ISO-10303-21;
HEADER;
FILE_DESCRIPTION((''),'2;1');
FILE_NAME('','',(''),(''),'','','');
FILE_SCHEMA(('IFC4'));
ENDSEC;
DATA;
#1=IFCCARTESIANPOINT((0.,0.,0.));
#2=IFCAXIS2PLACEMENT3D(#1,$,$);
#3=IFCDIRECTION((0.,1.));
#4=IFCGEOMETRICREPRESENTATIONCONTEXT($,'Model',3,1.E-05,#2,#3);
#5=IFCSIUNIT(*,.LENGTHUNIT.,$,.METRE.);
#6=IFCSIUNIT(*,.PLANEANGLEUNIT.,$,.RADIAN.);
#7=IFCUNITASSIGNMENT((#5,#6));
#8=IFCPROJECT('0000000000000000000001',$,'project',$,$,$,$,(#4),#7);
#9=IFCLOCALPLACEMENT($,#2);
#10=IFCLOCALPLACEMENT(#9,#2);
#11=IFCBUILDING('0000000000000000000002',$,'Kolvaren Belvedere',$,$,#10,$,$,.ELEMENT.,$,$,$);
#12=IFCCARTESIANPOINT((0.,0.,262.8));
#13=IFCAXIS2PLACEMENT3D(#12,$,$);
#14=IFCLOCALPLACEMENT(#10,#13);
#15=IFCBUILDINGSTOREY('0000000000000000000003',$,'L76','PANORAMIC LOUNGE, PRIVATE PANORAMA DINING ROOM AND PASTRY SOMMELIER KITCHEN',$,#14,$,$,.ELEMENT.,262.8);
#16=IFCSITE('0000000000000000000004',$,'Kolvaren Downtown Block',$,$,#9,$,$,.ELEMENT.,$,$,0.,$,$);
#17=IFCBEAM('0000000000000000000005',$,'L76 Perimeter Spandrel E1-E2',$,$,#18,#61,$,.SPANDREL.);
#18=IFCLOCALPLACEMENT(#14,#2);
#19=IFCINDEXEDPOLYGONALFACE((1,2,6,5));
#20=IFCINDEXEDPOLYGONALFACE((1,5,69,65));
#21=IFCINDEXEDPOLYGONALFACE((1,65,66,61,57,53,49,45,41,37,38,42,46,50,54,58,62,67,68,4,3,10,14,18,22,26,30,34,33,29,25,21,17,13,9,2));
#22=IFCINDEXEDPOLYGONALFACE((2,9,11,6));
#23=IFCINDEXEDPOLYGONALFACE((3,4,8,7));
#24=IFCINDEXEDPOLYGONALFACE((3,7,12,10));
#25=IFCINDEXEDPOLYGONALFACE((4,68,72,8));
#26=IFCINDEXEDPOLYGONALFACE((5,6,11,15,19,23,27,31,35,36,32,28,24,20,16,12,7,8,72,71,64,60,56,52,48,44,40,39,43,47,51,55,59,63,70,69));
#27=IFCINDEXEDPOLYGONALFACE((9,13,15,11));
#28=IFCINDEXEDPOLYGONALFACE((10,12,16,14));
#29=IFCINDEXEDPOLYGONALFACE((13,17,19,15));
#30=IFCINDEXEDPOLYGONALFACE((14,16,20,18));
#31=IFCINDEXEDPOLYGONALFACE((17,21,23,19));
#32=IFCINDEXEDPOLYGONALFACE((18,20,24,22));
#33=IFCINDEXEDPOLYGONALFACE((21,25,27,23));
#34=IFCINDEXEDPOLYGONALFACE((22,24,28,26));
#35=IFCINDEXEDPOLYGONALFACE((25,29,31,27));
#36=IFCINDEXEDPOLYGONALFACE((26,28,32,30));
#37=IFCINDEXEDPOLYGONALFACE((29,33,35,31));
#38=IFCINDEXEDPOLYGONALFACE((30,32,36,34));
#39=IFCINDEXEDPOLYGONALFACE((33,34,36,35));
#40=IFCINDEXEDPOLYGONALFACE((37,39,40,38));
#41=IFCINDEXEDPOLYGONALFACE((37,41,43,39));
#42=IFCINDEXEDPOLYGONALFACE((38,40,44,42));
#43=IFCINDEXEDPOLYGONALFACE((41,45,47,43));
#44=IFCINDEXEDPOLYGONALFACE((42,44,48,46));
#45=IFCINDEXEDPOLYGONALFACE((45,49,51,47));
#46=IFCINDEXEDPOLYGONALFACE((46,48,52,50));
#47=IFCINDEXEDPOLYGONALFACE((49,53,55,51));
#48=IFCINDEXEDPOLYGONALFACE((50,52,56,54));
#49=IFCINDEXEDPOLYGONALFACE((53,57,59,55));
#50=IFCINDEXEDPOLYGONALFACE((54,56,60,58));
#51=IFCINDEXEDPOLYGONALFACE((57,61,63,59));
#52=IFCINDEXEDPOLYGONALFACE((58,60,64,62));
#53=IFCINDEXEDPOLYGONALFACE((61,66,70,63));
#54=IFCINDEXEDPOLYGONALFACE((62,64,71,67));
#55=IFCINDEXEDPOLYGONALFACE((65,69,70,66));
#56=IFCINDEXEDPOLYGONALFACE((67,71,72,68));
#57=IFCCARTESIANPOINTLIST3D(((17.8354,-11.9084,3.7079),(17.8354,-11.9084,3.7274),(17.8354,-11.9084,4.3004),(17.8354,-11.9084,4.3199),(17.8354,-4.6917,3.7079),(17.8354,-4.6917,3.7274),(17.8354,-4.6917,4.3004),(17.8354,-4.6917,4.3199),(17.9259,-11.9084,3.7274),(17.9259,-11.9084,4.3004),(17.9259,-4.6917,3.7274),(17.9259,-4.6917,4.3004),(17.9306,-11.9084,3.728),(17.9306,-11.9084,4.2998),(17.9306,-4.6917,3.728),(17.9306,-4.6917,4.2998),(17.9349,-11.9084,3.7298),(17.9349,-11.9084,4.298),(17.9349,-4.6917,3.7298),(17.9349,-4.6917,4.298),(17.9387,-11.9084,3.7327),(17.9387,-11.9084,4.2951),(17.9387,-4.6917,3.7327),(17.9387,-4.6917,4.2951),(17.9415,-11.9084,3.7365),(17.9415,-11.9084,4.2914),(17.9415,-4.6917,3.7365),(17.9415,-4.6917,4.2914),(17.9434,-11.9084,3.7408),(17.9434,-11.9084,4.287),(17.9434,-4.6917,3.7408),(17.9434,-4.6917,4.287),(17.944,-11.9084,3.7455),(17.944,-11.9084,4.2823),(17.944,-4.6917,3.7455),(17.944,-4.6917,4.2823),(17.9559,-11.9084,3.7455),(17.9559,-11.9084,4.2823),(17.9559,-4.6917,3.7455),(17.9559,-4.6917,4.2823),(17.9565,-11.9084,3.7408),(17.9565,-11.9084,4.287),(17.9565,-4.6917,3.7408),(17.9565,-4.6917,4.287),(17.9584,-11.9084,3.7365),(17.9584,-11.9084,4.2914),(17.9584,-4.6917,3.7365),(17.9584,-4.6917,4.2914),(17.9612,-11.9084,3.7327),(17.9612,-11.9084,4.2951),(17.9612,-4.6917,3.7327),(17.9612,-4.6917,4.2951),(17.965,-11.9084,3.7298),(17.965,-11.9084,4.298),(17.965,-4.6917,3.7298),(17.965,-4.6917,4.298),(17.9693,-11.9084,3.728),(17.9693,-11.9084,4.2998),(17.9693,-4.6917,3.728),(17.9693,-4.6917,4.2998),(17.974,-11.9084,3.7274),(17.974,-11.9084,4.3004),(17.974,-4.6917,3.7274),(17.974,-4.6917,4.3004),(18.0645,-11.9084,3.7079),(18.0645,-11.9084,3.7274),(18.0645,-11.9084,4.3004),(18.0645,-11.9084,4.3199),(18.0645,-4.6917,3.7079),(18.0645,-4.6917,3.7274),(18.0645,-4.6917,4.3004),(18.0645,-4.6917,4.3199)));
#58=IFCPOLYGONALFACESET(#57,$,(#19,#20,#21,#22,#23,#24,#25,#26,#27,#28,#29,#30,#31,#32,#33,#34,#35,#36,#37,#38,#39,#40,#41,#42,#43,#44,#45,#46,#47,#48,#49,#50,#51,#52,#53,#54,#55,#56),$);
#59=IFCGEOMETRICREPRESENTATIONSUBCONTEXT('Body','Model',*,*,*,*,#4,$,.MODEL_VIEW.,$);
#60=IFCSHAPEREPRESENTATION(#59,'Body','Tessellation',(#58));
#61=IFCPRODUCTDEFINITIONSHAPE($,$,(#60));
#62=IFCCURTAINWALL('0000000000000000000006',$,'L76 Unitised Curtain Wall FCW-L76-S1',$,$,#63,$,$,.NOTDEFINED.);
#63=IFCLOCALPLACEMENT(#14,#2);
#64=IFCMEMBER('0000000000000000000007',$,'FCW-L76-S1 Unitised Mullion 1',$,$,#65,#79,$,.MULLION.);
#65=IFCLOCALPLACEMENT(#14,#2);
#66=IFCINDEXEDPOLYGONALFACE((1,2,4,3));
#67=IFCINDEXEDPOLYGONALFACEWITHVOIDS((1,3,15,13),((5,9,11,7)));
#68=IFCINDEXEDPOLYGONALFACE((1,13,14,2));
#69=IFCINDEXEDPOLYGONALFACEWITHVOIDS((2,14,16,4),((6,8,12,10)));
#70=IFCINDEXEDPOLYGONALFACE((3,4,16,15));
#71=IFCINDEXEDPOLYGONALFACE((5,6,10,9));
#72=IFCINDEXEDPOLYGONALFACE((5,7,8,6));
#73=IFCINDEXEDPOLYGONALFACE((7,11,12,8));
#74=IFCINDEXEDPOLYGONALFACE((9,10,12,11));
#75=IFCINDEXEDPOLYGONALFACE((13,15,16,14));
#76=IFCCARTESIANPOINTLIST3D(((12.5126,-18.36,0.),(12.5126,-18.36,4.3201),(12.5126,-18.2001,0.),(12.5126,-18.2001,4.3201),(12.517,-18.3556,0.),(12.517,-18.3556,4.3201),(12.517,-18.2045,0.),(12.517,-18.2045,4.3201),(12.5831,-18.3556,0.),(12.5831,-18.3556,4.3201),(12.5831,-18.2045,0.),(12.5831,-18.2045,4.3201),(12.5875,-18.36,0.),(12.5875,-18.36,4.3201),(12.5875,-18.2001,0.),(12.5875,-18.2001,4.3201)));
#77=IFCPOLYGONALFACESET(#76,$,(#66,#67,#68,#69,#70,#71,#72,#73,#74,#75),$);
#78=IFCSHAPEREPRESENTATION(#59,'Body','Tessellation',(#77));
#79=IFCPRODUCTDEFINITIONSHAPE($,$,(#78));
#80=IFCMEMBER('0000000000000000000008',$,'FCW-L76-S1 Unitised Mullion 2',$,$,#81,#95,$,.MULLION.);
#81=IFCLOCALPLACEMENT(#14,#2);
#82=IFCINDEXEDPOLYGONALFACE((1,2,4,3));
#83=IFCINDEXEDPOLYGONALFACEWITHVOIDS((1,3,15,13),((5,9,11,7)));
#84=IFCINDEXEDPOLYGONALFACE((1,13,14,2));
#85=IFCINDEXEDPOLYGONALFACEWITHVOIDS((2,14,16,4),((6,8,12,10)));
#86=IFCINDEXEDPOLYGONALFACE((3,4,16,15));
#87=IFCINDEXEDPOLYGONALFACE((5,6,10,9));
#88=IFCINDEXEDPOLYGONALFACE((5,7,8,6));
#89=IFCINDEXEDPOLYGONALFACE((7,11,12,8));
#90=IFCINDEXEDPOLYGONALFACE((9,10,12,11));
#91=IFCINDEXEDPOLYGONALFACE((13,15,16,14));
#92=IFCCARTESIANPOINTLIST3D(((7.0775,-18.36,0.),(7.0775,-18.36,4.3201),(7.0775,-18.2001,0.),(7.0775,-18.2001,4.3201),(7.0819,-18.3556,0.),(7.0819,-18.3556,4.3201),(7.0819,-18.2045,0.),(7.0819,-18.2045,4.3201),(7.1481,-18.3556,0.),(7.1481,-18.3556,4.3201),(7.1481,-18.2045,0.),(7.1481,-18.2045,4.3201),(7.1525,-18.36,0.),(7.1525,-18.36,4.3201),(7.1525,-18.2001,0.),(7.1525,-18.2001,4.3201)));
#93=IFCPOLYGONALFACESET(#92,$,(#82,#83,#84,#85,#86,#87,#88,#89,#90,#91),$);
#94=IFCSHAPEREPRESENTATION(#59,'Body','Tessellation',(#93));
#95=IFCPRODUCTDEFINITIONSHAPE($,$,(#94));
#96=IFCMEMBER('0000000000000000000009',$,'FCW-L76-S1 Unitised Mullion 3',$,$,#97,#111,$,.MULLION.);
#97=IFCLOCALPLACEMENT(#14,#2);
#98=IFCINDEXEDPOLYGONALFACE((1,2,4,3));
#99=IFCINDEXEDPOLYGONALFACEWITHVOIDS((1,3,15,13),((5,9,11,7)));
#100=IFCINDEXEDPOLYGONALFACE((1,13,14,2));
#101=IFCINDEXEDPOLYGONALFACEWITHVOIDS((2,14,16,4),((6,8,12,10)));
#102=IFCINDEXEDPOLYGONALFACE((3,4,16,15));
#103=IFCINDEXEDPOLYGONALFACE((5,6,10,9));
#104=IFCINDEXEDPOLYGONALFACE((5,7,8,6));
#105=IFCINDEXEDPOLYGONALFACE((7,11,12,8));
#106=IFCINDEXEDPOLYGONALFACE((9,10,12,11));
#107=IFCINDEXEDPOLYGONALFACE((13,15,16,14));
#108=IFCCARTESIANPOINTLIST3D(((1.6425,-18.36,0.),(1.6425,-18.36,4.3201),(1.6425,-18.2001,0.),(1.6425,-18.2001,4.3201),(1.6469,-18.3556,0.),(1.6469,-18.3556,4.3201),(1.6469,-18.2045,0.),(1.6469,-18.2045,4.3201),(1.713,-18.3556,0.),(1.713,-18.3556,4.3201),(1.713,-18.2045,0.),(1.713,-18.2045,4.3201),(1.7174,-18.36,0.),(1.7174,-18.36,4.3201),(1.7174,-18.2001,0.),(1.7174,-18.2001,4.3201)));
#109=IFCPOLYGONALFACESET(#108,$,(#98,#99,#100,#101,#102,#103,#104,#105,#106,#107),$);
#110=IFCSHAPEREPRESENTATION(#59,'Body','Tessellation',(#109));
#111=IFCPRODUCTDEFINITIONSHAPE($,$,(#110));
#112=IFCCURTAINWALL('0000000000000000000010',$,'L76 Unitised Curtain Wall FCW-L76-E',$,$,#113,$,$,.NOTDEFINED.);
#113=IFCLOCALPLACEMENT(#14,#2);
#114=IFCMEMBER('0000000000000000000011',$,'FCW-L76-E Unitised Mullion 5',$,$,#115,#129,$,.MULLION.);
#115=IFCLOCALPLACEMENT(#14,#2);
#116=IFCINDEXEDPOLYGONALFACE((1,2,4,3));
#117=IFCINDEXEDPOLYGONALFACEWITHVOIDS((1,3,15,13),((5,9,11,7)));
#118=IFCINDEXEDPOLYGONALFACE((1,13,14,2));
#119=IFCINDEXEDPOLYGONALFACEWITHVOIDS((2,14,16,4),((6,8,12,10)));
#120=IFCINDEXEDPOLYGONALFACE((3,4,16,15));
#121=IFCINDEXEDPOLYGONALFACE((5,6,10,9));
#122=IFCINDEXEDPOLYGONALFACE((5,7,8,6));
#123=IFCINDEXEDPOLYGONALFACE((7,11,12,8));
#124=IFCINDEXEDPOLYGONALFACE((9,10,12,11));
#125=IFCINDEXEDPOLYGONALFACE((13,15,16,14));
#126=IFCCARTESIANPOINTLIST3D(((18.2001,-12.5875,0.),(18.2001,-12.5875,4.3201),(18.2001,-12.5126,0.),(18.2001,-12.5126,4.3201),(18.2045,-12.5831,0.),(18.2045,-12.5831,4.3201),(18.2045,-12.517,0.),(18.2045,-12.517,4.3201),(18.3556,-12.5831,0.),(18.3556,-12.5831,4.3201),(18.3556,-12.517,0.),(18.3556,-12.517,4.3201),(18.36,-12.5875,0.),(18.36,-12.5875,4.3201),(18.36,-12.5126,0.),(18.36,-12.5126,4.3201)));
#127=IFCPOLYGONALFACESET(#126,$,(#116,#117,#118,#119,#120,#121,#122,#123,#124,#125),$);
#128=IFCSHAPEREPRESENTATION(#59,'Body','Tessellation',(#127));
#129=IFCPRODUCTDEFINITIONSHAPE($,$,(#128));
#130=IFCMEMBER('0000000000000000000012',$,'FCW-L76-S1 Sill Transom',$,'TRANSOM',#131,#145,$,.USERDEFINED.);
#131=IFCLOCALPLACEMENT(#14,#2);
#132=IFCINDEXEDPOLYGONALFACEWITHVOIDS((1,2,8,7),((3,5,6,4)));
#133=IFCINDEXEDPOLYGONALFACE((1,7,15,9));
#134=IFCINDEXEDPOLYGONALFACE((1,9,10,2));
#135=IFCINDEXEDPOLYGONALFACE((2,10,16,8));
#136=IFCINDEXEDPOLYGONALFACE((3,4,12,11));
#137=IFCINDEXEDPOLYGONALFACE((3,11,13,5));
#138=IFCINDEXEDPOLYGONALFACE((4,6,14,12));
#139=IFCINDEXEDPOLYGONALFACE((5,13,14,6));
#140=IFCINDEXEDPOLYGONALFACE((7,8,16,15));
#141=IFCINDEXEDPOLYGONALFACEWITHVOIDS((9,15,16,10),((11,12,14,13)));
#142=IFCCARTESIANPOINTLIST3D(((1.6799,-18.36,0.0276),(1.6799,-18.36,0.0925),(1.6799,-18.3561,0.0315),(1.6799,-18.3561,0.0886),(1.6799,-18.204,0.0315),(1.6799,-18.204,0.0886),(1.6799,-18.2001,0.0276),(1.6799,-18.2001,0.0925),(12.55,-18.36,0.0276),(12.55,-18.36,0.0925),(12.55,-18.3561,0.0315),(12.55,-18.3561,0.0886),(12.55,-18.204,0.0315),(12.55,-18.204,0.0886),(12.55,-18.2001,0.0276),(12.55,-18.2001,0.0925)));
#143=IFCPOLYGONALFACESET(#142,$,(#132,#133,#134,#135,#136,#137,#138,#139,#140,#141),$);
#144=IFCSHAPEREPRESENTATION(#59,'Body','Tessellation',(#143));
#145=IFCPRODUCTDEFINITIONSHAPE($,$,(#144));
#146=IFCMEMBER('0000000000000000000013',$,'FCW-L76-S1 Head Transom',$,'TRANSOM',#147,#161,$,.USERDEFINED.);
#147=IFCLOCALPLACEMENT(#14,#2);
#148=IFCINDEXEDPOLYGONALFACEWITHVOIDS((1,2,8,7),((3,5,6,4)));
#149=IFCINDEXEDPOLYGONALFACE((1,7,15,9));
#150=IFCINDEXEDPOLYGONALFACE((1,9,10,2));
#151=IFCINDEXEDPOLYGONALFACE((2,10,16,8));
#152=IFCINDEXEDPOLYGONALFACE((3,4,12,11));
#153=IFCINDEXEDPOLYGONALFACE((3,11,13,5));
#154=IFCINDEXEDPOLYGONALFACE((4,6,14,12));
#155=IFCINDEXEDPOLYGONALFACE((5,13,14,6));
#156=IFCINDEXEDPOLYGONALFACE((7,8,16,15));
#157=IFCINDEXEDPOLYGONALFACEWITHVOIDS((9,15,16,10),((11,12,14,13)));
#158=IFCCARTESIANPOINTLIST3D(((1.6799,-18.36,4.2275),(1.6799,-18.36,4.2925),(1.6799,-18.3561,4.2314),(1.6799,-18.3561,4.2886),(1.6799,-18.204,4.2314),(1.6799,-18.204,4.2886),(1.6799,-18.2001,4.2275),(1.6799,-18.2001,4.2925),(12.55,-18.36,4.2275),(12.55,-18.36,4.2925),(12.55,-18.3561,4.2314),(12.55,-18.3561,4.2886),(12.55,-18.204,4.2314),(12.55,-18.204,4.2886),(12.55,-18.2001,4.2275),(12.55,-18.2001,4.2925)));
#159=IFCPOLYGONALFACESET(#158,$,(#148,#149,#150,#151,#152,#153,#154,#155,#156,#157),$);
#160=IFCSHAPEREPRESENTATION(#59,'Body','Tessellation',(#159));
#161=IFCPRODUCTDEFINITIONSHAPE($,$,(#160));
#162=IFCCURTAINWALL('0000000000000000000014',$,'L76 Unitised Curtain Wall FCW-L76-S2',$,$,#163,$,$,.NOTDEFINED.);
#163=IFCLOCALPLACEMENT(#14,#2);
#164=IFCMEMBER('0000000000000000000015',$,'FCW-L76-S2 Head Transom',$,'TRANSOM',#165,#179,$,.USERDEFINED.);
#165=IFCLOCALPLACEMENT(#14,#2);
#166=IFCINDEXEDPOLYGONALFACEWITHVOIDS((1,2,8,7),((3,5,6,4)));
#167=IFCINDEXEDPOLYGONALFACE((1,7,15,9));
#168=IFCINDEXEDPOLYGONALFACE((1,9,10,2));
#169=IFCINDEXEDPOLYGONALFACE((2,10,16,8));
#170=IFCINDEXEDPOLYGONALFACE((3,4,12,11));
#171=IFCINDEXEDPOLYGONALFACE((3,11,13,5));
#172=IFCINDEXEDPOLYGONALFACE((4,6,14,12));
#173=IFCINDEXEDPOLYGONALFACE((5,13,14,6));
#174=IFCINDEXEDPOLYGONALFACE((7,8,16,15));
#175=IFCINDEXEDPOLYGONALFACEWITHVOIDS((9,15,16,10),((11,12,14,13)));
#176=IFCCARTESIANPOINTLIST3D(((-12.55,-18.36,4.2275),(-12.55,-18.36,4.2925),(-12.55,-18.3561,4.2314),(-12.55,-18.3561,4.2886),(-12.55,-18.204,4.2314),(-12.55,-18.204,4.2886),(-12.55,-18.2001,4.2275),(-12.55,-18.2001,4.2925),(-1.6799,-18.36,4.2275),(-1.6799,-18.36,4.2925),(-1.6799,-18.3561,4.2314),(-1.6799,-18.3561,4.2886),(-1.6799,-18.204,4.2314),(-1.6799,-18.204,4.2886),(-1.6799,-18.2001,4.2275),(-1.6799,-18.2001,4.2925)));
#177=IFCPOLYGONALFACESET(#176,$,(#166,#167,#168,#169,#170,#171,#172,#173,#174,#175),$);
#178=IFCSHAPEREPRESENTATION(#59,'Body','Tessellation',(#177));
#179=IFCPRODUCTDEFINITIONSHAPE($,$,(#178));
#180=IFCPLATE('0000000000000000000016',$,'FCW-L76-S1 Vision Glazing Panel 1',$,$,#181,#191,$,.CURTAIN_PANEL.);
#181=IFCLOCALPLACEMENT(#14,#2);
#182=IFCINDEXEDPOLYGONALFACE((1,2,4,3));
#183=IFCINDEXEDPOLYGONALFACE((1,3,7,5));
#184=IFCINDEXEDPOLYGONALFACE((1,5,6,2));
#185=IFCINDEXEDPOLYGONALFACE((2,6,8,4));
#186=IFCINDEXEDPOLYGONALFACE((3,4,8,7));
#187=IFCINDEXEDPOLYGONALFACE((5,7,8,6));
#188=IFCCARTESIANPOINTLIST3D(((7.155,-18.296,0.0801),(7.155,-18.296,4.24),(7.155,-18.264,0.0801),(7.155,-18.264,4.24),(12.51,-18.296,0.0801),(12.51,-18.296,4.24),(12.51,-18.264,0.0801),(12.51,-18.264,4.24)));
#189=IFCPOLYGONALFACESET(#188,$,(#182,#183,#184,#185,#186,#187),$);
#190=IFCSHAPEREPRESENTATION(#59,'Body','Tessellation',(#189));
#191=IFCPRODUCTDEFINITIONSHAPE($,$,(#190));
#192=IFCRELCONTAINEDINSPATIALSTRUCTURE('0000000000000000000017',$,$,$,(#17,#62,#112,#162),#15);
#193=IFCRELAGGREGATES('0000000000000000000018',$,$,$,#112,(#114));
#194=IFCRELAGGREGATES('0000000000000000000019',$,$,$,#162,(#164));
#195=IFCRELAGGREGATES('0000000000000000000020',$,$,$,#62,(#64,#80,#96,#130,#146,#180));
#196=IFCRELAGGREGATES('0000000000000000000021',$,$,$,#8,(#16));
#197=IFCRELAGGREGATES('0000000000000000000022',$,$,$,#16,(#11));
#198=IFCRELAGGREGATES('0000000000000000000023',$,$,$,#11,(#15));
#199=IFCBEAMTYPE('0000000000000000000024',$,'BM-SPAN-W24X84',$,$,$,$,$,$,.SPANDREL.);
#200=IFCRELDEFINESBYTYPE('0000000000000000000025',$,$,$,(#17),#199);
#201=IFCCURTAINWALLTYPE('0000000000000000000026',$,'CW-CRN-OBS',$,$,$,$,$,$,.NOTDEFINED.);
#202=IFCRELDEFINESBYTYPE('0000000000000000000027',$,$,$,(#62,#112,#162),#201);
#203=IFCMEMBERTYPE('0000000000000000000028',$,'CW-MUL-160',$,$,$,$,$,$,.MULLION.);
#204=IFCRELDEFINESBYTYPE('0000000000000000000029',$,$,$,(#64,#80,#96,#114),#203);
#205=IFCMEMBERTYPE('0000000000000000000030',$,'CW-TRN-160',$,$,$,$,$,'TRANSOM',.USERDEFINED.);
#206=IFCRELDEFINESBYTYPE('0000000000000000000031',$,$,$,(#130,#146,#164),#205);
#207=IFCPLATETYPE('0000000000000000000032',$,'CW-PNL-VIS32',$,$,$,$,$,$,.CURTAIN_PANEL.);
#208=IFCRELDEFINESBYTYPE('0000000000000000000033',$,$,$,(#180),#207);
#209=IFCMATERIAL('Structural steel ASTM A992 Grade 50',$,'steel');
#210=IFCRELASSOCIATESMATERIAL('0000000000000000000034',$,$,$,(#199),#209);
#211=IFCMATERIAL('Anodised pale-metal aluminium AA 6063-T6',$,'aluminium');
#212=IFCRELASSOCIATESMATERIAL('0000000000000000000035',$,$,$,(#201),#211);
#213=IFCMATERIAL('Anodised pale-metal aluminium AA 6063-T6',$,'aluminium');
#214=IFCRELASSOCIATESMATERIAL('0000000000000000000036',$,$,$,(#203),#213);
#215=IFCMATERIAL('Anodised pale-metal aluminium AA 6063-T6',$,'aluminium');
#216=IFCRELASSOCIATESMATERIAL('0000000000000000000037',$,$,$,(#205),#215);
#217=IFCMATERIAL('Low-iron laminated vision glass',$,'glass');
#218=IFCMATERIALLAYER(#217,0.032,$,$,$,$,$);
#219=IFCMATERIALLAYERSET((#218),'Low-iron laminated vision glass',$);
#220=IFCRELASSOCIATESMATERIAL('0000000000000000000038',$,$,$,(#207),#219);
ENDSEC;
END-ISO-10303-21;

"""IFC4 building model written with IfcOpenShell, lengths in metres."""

from ifc_helpers import new_model, si_unit, direction, frame, origin, origin_2d, place, context, subcontext, project, spatial, rectangle, hollow_rectangle, i_section, extrude, material, layer, layer_set, material_profile, profile_set, type_object, element, aggregate, save


model = new_model("IFC4")

# Units and contexts
model_context = context("Model", 3, precision=1e-05, world=origin(), true_north=direction((0.0, 1.0)))
body_context = subcontext(model_context, "Body", "Model", "MODEL_VIEW")
ifc_project = project(units=[si_unit("LENGTHUNIT", "METRE"), si_unit("PLANEANGLEUNIT", "RADIAN")], contexts=[model_context])

# Site, building, storey
site_placement = place(None, origin())
site = spatial("IfcSite", under=ifc_project, at=site_placement, Name="Kolvaren Downtown Block", CompositionType="ELEMENT", RefElevation=0.0)
building_placement = place(site_placement, origin())
building = spatial("IfcBuilding", under=site, at=building_placement, Name="Kolvaren Belvedere", CompositionType="ELEMENT")
storey_placement = place(building_placement, frame((0.0, 0.0, 262.8)))
storey = spatial("IfcBuildingStorey", under=building, at=storey_placement, Name="L76", Description="PANORAMIC LOUNGE, PRIVATE PANORAMA DINING ROOM AND PASTRY SOMMELIER KITCHEN", CompositionType="ELEMENT", Elevation=262.8)

# Beam
ifc_material_1 = material(Name="Structural steel ASTM A992 Grade 50", Category="steel")
ifc_material_profile_1 = material_profile(ifc_material_1, i_section(OverallWidth=0.229, OverallDepth=0.6121, WebThickness=0.012, FlangeThickness=0.0195, FilletRadius=0.0181, at=origin_2d()), Name="W24X84")
ifc_profile_set_1 = profile_set([ifc_material_profile_1], Name="Structural steel ASTM A992 Grade 50")
beam_type_1 = type_object("IfcBeamType", Name="BM-SPAN-W24X84", PredefinedType="SPANDREL", material=ifc_profile_set_1)
beam_1_placement = place(storey_placement, frame((17.95, -11.9084, 4.0139), z_axis=(0.0, 1.0, 0.0), x_axis=(-1.0, 0.0, 0.0)))
element("IfcBeam", 1, at=beam_1_placement, inside=storey, type_object=beam_type_1, Name="L76 Perimeter Spandrel E1-E2", PredefinedType="SPANDREL", context=body_context, shape_type="SweptSolid", body=[
    extrude(i_section(OverallWidth=0.229, OverallDepth=0.6121, WebThickness=0.012, FlangeThickness=0.0195, FilletRadius=0.0181, at=origin_2d()), origin(), (0.0, 0.0, 1.0), 7.2168),
])

# Curtain wall, members
ifc_material_2 = material(Name="Anodised pale-metal aluminium AA 6063-T6", Category="aluminium")
curtain_wall_type = type_object("IfcCurtainWallType", Name="CW-CRN-OBS", PredefinedType="NOTDEFINED", material=ifc_material_2)
curtain_wall_1_placement = place(storey_placement, origin())
curtain_wall_1 = element("IfcCurtainWall", 2, at=curtain_wall_1_placement, inside=storey, type_object=curtain_wall_type, Name="L76 Unitised Curtain Wall FCW-L76-S1", PredefinedType="NOTDEFINED")
ifc_material_3 = material(Name="Anodised pale-metal aluminium AA 6063-T6", Category="aluminium")
ifc_material_profile_2 = material_profile(ifc_material_3, hollow_rectangle(XDim=0.075, YDim=0.1599, WallThickness=0.0044, at=origin_2d()), Name="ALU-MUL-160X75")
ifc_profile_set_2 = profile_set([ifc_material_profile_2], Name="Anodised pale-metal aluminium AA 6063-T6")
member_type_1 = type_object("IfcMemberType", Name="CW-MUL-160", PredefinedType="MULLION", material=ifc_profile_set_2)
member_1_placement = place(storey_placement, frame((12.55, -18.28, 0.0), z_axis=(0.0, 0.0, 1.0), x_axis=(1.0, 0.0, 0.0)))
member_1 = element("IfcMember", 3, at=member_1_placement, type_object=member_type_1, Name="FCW-L76-S1 Unitised Mullion 1", PredefinedType="MULLION", context=body_context, shape_type="SweptSolid", body=[
    extrude(hollow_rectangle(XDim=0.075, YDim=0.1599, WallThickness=0.0044, at=origin_2d()), origin(), (0.0, 0.0, 1.0), 4.3201),
])
member_2_placement = place(storey_placement, frame((7.115, -18.28, 0.0), z_axis=(0.0, 0.0, 1.0), x_axis=(1.0, 0.0, 0.0)))
member_2 = element("IfcMember", 4, at=member_2_placement, type_object=member_type_1, Name="FCW-L76-S1 Unitised Mullion 2", PredefinedType="MULLION", context=body_context, shape_type="SweptSolid", body=[
    extrude(hollow_rectangle(XDim=0.075, YDim=0.1599, WallThickness=0.0044, at=origin_2d()), origin(), (0.0, 0.0, 1.0), 4.3201),
])
member_3_placement = place(storey_placement, frame((1.6799, -18.28, 0.0), z_axis=(0.0, 0.0, 1.0), x_axis=(1.0, 0.0, 0.0)))
member_3 = element("IfcMember", 5, at=member_3_placement, type_object=member_type_1, Name="FCW-L76-S1 Unitised Mullion 3", PredefinedType="MULLION", context=body_context, shape_type="SweptSolid", body=[
    extrude(hollow_rectangle(XDim=0.075, YDim=0.1599, WallThickness=0.0044, at=origin_2d()), origin(), (0.0, 0.0, 1.0), 4.3201),
])

# Curtain wall, member
curtain_wall_2_placement = place(storey_placement, origin())
curtain_wall_2 = element("IfcCurtainWall", 6, at=curtain_wall_2_placement, inside=storey, type_object=curtain_wall_type, Name="L76 Unitised Curtain Wall FCW-L76-E", PredefinedType="NOTDEFINED")
member_4_placement = place(storey_placement, frame((18.28, -12.55, 0.0), z_axis=(0.0, 0.0, 1.0), x_axis=(0.0, 1.0, 0.0)))
member_4 = element("IfcMember", 7, at=member_4_placement, type_object=member_type_1, Name="FCW-L76-E Unitised Mullion 5", PredefinedType="MULLION", context=body_context, shape_type="SweptSolid", body=[
    extrude(hollow_rectangle(XDim=0.075, YDim=0.1599, WallThickness=0.0044, at=origin_2d()), origin(), (0.0, 0.0, 1.0), 4.3201),
])
aggregate(curtain_wall_2, [member_4])

# Members
ifc_material_4 = material(Name="Anodised pale-metal aluminium AA 6063-T6", Category="aluminium")
ifc_material_profile_3 = material_profile(ifc_material_4, hollow_rectangle(XDim=0.0649, YDim=0.1599, WallThickness=0.0039, at=origin_2d()), Name="ALU-TRN-160X65")
ifc_profile_set_3 = profile_set([ifc_material_profile_3], Name="Anodised pale-metal aluminium AA 6063-T6")
member_type_2 = type_object("IfcMemberType", Name="CW-TRN-160", ElementType="TRANSOM", PredefinedType="USERDEFINED", material=ifc_profile_set_3)
member_5_placement = place(storey_placement, frame((12.55, -18.28, 0.0601), z_axis=(-1.0, 0.0, 0.0), x_axis=(0.0, 0.0, 1.0)))
member_5 = element("IfcMember", 8, at=member_5_placement, type_object=member_type_2, Name="FCW-L76-S1 Sill Transom", ObjectType="TRANSOM", PredefinedType="USERDEFINED", context=body_context, shape_type="SweptSolid", body=[
    extrude(hollow_rectangle(XDim=0.0649, YDim=0.1599, WallThickness=0.0039, at=origin_2d()), origin(), (0.0, 0.0, 1.0), 10.8701),
])
member_6_placement = place(storey_placement, frame((12.55, -18.28, 4.26), z_axis=(-1.0, 0.0, 0.0), x_axis=(0.0, 0.0, 1.0)))
member_6 = element("IfcMember", 9, at=member_6_placement, type_object=member_type_2, Name="FCW-L76-S1 Head Transom", ObjectType="TRANSOM", PredefinedType="USERDEFINED", context=body_context, shape_type="SweptSolid", body=[
    extrude(hollow_rectangle(XDim=0.0649, YDim=0.1599, WallThickness=0.0039, at=origin_2d()), origin(), (0.0, 0.0, 1.0), 10.8701),
])

# Curtain wall, member
curtain_wall_3_placement = place(storey_placement, origin())
curtain_wall_3 = element("IfcCurtainWall", 10, at=curtain_wall_3_placement, inside=storey, type_object=curtain_wall_type, Name="L76 Unitised Curtain Wall FCW-L76-S2", PredefinedType="NOTDEFINED")
member_7_placement = place(storey_placement, frame((-1.6799, -18.28, 4.26), z_axis=(-1.0, 0.0, 0.0), x_axis=(0.0, 0.0, 1.0)))
member_7 = element("IfcMember", 11, at=member_7_placement, type_object=member_type_2, Name="FCW-L76-S2 Head Transom", ObjectType="TRANSOM", PredefinedType="USERDEFINED", context=body_context, shape_type="SweptSolid", body=[
    extrude(hollow_rectangle(XDim=0.0649, YDim=0.1599, WallThickness=0.0039, at=origin_2d()), origin(), (0.0, 0.0, 1.0), 10.8701),
])
aggregate(curtain_wall_3, [member_7])

# Plate
ifc_material_5 = material(Name="Low-iron laminated vision glass", Category="glass")
ifc_layer_1 = layer(ifc_material_5, 0.032)
ifc_layer_set_1 = layer_set([ifc_layer_1], Name="Low-iron laminated vision glass")
plate_type_1 = type_object("IfcPlateType", Name="CW-PNL-VIS32", PredefinedType="CURTAIN_PANEL", material=ifc_layer_set_1)
plate_1_placement = place(storey_placement, frame((9.8325, -18.28, 0.0801), z_axis=(0.0, 0.0, 1.0), x_axis=(-1.0, 0.0, 0.0)))
plate_1 = element("IfcPlate", 12, at=plate_1_placement, type_object=plate_type_1, Name="FCW-L76-S1 Vision Glazing Panel 1", PredefinedType="CURTAIN_PANEL", context=body_context, shape_type="SweptSolid", body=[
    extrude(rectangle(XDim=5.355, YDim=0.032, at=origin_2d()), origin(), (0.0, 0.0, 1.0), 4.1599),
])
aggregate(curtain_wall_1, [member_1, member_2, member_3, member_5, member_6, plate_1])

save(model, "model.ifc")
